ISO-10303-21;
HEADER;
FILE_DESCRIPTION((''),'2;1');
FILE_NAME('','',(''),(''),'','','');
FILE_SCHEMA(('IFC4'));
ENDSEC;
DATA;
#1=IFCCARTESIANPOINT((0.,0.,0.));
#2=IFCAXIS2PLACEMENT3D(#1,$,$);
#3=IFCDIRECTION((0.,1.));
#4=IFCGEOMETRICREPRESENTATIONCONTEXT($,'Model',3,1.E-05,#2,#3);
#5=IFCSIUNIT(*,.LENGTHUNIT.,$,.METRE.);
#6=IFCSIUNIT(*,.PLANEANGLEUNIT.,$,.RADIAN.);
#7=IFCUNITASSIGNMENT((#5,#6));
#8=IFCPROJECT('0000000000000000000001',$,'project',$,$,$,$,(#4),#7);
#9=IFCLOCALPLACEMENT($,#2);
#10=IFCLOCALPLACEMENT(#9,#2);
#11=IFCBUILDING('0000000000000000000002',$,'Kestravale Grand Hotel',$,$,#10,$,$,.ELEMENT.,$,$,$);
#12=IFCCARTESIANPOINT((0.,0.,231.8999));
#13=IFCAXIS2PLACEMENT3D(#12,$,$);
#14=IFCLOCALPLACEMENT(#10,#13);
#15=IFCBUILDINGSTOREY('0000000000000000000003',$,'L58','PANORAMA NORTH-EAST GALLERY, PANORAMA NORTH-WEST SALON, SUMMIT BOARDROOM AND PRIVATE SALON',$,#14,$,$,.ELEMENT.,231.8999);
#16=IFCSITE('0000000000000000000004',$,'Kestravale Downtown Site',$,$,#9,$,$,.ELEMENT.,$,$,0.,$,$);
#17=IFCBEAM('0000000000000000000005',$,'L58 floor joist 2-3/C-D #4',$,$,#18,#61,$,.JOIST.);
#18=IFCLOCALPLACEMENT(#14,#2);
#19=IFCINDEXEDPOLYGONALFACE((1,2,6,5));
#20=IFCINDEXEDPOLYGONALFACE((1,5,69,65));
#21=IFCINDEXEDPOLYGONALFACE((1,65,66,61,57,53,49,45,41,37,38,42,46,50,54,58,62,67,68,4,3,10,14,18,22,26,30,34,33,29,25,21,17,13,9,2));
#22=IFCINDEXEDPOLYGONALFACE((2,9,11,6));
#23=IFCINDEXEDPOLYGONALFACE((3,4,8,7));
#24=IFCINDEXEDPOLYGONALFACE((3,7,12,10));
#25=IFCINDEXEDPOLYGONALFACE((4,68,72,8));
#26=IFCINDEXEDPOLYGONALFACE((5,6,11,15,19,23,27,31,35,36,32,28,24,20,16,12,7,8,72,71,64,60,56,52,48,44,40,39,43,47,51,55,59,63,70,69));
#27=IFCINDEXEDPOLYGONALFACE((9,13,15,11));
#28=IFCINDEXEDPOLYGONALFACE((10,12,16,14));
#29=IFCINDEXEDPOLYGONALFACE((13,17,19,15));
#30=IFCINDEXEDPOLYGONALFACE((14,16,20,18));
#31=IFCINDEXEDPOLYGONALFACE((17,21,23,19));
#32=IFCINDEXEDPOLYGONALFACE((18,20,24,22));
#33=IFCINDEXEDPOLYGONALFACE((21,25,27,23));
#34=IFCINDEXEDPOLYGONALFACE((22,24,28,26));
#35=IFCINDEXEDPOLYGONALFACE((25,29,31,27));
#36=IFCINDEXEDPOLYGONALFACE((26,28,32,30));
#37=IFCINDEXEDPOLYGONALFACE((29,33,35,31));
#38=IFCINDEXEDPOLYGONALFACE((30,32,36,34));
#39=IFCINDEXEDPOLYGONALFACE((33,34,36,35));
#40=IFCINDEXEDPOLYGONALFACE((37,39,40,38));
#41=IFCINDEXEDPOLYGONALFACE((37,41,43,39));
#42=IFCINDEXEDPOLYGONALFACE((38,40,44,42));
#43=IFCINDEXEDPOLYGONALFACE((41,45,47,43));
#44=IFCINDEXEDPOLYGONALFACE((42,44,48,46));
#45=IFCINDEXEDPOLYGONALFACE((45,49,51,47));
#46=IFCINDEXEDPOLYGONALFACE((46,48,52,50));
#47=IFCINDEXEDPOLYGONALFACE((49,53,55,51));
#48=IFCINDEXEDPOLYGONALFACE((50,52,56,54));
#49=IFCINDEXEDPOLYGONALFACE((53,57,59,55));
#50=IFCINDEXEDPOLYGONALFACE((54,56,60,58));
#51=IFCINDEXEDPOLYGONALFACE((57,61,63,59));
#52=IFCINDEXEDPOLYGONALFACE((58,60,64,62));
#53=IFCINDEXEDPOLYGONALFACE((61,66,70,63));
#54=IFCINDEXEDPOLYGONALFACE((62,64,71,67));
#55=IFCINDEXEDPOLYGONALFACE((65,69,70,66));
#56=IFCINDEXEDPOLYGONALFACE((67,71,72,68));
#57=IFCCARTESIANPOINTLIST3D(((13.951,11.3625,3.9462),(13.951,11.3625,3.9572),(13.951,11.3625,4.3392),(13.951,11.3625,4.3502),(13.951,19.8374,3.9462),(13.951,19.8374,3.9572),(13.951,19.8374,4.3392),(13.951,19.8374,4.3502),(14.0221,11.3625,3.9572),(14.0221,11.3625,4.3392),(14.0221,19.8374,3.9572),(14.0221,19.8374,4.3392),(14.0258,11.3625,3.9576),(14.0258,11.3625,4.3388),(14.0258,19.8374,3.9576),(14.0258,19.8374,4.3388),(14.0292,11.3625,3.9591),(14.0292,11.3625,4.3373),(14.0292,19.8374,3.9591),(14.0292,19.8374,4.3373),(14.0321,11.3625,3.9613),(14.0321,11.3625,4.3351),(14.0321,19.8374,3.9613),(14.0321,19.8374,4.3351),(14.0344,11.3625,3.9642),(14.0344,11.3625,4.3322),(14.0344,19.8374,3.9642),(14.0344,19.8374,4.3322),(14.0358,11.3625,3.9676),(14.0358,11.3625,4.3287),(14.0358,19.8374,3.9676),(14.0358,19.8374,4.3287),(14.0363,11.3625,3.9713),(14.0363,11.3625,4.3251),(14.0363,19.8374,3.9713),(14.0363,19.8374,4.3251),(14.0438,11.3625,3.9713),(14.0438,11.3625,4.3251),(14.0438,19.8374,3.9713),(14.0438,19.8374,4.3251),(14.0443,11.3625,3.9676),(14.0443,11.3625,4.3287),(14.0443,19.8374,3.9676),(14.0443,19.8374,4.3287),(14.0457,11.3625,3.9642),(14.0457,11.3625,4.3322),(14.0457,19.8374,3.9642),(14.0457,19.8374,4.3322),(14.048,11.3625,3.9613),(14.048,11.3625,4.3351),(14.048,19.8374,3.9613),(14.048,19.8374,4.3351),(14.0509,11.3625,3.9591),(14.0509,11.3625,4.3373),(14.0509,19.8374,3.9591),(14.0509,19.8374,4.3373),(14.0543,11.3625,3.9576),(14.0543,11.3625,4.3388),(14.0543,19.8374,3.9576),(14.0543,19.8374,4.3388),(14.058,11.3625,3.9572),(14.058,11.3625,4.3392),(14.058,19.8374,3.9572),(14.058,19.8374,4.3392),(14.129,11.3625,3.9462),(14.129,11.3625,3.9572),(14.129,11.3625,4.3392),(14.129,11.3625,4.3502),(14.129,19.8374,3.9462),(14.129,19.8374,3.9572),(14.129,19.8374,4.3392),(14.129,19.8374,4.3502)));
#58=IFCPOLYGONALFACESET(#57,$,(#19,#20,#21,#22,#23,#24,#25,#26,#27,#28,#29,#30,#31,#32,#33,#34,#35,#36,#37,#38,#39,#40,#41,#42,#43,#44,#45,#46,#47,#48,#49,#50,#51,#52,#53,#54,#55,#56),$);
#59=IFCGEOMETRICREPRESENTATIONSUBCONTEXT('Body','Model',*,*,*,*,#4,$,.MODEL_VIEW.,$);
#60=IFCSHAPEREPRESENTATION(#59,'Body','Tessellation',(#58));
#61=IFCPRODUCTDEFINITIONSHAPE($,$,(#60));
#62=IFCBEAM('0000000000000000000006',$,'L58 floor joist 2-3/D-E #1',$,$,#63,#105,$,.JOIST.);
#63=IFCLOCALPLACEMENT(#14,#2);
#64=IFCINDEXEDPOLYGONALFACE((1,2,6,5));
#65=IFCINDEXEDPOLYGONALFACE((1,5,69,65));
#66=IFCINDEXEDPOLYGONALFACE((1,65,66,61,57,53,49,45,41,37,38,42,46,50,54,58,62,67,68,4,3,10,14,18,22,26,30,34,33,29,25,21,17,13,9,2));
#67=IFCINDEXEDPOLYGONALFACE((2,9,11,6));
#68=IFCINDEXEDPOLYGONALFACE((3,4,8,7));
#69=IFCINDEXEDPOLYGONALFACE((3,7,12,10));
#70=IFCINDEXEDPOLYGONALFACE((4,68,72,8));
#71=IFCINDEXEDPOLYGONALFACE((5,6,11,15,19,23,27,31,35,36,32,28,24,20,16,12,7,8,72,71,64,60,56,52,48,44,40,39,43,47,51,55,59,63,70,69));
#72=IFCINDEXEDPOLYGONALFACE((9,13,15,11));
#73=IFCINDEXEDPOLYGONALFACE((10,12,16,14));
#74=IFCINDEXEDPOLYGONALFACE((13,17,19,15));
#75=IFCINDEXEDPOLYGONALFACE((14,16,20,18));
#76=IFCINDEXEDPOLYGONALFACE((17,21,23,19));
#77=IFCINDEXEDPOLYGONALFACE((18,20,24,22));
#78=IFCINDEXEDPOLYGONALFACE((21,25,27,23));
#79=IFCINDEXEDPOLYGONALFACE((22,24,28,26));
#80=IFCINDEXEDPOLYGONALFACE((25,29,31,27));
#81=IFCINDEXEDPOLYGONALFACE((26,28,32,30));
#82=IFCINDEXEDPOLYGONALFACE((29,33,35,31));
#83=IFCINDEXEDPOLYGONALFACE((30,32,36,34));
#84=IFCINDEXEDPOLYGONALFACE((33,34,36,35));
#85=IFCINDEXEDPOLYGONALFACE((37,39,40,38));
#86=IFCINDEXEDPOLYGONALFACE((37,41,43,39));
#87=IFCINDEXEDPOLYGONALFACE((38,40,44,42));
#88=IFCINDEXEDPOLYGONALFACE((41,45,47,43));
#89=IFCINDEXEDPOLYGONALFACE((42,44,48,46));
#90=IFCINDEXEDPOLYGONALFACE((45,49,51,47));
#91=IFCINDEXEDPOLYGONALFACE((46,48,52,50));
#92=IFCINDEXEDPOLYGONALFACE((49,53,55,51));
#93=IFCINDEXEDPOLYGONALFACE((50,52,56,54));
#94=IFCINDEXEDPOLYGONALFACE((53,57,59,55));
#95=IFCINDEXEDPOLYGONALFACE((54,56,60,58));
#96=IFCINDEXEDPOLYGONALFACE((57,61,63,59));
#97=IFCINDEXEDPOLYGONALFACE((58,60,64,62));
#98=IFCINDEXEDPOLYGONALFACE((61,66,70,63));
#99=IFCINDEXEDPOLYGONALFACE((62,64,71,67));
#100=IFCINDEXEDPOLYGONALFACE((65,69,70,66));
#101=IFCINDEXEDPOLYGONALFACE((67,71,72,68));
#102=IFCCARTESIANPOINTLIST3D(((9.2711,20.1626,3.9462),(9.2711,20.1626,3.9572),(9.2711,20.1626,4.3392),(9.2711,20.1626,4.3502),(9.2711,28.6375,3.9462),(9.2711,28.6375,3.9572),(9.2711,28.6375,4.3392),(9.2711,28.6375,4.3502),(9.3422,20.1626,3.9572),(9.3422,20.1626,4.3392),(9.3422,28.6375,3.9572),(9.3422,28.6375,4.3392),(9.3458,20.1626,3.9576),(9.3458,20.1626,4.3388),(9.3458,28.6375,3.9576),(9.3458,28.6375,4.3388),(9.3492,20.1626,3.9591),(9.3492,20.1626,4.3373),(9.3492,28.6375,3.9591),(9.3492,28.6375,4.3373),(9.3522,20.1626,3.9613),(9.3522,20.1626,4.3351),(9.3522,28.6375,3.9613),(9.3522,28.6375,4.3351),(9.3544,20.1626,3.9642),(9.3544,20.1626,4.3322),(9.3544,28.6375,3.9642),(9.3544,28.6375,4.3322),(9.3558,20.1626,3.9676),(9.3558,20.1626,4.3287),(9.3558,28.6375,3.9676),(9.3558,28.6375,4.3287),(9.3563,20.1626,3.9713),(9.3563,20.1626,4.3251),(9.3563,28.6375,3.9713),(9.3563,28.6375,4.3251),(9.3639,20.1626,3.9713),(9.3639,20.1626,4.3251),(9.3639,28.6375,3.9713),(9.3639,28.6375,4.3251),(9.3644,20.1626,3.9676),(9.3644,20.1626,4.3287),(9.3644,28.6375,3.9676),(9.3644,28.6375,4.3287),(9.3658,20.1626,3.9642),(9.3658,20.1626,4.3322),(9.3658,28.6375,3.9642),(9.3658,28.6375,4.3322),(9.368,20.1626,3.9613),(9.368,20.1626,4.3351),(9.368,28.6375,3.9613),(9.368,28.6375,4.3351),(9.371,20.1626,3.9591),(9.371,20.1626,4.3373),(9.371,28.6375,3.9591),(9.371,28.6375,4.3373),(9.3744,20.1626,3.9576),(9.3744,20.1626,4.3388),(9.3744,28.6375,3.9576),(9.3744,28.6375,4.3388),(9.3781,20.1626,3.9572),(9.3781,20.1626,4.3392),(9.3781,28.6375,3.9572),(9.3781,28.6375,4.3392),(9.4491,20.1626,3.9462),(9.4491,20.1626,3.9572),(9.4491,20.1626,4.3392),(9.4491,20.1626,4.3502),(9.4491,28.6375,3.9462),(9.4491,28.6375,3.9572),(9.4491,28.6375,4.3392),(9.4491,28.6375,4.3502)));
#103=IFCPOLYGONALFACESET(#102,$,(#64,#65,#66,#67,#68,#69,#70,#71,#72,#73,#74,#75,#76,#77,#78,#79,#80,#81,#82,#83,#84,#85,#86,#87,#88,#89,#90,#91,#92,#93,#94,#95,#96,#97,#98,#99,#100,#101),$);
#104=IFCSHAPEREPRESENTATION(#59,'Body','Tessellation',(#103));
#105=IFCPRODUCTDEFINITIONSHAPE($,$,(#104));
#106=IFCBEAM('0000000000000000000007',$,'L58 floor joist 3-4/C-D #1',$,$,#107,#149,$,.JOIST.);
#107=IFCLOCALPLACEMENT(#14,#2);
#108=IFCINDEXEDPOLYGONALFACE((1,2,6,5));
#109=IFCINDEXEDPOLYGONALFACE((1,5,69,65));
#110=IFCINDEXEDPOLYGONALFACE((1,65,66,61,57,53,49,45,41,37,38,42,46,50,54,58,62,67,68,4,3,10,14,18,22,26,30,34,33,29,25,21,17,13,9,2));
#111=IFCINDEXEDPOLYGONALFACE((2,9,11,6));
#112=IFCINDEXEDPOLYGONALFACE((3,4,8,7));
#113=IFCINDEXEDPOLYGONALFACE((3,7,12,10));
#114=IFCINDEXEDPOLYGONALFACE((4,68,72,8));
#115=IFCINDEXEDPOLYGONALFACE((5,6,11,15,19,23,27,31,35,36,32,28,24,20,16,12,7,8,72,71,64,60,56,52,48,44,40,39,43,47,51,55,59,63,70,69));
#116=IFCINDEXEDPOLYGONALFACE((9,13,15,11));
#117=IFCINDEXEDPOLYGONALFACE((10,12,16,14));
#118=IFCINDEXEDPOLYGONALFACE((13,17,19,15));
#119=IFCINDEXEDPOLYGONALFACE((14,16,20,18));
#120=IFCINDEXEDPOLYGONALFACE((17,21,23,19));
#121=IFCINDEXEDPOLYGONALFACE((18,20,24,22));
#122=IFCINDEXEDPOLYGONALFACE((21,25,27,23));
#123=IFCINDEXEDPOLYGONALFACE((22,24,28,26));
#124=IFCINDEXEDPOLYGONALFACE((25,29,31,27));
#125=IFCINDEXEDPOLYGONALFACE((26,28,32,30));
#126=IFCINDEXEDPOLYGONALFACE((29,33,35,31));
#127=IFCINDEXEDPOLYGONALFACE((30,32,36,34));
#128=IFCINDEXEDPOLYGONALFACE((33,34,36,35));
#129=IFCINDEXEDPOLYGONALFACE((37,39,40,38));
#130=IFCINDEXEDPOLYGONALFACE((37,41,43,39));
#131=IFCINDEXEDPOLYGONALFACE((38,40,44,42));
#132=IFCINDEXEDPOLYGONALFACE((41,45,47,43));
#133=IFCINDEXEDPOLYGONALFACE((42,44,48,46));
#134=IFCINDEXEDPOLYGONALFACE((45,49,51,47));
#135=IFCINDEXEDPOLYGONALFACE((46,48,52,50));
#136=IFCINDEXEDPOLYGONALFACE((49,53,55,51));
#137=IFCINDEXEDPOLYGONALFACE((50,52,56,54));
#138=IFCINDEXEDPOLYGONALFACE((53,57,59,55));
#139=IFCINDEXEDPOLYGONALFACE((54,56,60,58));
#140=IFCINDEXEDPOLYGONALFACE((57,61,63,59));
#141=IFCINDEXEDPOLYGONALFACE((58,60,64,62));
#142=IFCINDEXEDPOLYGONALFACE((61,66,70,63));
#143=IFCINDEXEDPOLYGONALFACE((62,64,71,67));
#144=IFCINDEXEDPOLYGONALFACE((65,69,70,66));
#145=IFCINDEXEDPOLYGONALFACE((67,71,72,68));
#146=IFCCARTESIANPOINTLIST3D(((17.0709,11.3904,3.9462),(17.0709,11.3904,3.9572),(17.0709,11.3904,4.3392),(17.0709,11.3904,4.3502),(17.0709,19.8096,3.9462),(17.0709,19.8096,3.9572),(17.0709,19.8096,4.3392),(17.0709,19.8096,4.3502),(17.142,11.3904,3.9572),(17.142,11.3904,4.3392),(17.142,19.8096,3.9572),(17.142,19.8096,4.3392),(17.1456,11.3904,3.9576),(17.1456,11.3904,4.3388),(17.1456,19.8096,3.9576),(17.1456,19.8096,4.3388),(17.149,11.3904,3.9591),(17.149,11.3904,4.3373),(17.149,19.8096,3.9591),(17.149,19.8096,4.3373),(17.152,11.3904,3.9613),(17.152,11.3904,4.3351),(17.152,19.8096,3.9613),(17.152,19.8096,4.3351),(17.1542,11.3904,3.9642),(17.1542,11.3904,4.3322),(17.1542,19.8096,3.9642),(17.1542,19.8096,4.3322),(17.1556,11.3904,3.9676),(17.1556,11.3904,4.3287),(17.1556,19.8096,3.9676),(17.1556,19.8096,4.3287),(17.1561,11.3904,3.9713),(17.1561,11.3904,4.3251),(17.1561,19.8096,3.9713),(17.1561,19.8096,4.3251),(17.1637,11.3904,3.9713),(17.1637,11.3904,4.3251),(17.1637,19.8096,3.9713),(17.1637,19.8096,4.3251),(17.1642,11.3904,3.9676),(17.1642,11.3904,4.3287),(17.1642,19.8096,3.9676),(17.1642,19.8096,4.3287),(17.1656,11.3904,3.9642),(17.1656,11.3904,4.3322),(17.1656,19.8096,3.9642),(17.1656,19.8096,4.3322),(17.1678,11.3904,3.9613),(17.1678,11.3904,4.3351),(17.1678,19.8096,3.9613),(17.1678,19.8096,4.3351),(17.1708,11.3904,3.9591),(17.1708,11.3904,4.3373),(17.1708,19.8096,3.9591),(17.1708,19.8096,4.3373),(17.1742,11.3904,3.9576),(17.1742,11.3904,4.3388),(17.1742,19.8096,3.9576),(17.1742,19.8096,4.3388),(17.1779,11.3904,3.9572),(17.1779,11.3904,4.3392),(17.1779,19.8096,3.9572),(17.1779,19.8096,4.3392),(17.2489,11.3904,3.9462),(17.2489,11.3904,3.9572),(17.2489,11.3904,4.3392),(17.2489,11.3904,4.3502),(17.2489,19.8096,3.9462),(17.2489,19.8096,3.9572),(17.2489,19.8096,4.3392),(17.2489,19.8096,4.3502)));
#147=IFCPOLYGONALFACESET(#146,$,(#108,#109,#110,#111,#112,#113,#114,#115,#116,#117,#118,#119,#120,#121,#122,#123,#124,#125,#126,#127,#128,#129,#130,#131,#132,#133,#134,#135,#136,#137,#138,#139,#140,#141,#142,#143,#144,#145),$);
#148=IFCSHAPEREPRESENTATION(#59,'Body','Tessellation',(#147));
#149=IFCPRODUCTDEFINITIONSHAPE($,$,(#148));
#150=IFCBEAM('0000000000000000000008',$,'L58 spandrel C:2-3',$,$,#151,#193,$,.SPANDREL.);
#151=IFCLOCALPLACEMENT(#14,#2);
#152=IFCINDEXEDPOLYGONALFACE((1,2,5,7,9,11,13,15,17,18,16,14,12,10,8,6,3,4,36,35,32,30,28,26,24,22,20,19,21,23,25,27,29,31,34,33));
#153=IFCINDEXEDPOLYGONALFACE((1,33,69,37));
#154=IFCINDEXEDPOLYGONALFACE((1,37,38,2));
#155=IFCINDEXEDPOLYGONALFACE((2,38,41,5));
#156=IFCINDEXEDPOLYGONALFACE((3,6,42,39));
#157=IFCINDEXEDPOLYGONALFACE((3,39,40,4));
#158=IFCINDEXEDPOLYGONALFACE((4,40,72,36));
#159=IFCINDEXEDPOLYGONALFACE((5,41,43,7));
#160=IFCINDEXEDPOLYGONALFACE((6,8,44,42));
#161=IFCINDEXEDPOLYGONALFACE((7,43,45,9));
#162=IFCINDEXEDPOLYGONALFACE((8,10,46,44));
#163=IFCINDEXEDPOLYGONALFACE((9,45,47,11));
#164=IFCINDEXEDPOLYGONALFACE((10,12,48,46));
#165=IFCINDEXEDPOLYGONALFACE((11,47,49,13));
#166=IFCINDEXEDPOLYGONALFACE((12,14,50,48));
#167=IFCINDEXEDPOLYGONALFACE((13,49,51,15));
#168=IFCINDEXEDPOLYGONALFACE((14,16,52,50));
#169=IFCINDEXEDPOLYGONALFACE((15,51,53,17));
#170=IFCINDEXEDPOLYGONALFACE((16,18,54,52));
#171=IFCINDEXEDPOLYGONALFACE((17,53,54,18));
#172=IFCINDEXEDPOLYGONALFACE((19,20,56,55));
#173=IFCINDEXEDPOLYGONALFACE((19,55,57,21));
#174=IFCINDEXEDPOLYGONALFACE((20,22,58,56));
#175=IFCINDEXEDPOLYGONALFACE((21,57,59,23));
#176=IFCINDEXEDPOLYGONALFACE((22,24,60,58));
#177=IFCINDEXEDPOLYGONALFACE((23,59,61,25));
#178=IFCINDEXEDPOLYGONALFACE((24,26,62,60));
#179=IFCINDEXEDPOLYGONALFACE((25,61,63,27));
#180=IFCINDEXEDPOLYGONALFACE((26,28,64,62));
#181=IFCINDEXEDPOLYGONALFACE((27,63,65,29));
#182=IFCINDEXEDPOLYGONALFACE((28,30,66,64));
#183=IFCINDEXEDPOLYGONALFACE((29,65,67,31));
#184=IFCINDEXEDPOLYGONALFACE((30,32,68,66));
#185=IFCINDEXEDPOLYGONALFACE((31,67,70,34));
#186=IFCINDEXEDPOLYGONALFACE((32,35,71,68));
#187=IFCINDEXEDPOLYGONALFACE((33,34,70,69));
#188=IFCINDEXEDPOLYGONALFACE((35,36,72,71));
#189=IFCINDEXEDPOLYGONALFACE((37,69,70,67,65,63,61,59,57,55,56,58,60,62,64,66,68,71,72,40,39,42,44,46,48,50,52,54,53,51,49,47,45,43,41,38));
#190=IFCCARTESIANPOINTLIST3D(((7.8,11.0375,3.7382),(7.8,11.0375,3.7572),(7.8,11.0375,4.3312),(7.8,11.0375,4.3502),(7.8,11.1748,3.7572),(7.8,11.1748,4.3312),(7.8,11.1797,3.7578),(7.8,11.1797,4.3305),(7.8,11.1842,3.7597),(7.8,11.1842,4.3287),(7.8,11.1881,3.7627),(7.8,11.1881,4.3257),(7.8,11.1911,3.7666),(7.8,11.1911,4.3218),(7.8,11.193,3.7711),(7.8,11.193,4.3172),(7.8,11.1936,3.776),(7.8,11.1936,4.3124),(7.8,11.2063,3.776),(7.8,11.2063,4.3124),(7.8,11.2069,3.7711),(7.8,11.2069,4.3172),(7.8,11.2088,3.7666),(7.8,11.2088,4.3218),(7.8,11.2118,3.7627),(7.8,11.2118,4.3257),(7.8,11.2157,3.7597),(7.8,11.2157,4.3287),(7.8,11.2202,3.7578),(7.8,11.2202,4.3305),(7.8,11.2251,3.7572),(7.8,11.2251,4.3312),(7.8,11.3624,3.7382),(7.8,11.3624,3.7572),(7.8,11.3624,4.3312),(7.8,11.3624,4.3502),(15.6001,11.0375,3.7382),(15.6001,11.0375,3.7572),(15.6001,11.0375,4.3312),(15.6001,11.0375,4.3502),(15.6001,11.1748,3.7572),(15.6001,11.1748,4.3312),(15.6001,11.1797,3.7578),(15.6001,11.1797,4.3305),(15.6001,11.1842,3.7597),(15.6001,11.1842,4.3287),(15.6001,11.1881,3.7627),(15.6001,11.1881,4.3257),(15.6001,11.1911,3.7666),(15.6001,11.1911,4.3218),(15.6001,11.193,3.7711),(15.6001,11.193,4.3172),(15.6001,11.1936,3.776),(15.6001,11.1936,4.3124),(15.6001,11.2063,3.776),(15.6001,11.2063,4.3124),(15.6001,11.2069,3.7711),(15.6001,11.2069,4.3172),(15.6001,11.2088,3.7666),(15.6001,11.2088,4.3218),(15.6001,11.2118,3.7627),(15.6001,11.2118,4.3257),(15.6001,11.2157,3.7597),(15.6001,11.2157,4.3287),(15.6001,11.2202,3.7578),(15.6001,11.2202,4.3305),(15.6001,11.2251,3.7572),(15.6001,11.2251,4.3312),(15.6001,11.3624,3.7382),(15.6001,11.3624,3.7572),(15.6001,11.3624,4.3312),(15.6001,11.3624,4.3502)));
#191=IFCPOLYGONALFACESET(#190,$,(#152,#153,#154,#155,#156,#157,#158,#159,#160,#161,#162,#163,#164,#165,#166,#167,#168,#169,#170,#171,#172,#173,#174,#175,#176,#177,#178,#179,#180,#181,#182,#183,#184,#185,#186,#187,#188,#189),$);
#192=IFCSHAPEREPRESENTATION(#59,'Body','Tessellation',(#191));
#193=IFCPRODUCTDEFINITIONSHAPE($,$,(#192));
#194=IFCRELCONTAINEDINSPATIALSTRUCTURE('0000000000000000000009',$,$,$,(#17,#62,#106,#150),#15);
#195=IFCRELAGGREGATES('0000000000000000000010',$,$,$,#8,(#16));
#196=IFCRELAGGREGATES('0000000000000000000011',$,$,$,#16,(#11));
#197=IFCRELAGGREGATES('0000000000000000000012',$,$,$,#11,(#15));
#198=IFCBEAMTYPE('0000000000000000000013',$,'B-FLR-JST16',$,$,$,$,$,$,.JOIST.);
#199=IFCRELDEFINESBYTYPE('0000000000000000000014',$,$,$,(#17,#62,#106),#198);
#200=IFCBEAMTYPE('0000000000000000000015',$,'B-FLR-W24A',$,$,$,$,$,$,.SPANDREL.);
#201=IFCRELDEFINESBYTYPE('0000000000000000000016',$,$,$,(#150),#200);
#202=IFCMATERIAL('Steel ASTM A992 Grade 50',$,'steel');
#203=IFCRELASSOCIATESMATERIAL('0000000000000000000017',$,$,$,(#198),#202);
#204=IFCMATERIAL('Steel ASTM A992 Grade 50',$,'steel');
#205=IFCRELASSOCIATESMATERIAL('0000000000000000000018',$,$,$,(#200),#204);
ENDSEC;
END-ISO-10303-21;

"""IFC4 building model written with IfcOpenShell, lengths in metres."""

from ifc_helpers import new_model, si_unit, direction, frame, origin, origin_2d, place, context, subcontext, project, spatial, i_section, extrude, material, material_profile, profile_set, type_object, element, save


model = new_model("IFC4")

# Units and contexts
model_context = context("Model", 3, precision=1e-05, world=origin(), true_north=direction((0.0, 1.0)))
body_context = subcontext(model_context, "Body", "Model", "MODEL_VIEW")
ifc_project = project(units=[si_unit("LENGTHUNIT", "METRE"), si_unit("PLANEANGLEUNIT", "RADIAN")], contexts=[model_context])

# Site, building, storey
site_placement = place(None, origin())
site = spatial("IfcSite", under=ifc_project, at=site_placement, Name="Kestravale Downtown Site", CompositionType="ELEMENT", RefElevation=0.0)
building_placement = place(site_placement, origin())
building = spatial("IfcBuilding", under=site, at=building_placement, Name="Kestravale Grand Hotel", CompositionType="ELEMENT")
storey_placement = place(building_placement, frame((0.0, 0.0, 231.8999)))
storey = spatial("IfcBuildingStorey", under=building, at=storey_placement, Name="L58", Description="PANORAMA NORTH-EAST GALLERY, PANORAMA NORTH-WEST SALON, SUMMIT BOARDROOM AND PRIVATE SALON", CompositionType="ELEMENT", Elevation=231.8999)

# Beams
ifc_material_1 = material(Name="Steel ASTM A992 Grade 50", Category="steel")
ifc_material_profile_1 = material_profile(ifc_material_1, i_section(OverallWidth=0.178, OverallDepth=0.4041, WebThickness=0.0076, FlangeThickness=0.011, FilletRadius=0.0142, at=origin_2d()))
ifc_profile_set_1 = profile_set([ifc_material_profile_1], Name="Steel ASTM A992 Grade 50")
beam_type_1 = type_object("IfcBeamType", Name="B-FLR-JST16", PredefinedType="JOIST", material=ifc_profile_set_1)
for number, where, z_axis, x_axis, name in (
    (1, (14.04, 11.3625, 4.1482), (0.0, 1.0, 0.0), (-1.0, 0.0, 0.0), "L58 floor joist 2-3/C-D #4"),
    (2, (9.3601, 20.1626, 4.1482), (0.0, 1.0, 0.0), (-1.0, 0.0, 0.0), "L58 floor joist 2-3/D-E #1"),
):
    element("IfcBeam", number, at=place(storey_placement, frame(where, z_axis=z_axis, x_axis=x_axis)), inside=storey, type_object=beam_type_1, Name=name, PredefinedType="JOIST", context=body_context, shape_type="SweptSolid", body=[
        extrude(i_section(OverallWidth=0.178, OverallDepth=0.4041, WebThickness=0.0076, FlangeThickness=0.011, FilletRadius=0.0142, at=origin_2d()), origin(), (0.0, 0.0, 1.0), 8.4749),
    ])
beam_placement = place(storey_placement, frame((17.1599, 11.3904, 4.1482), z_axis=(0.0, 1.0, 0.0), x_axis=(-1.0, 0.0, 0.0)))
element("IfcBeam", 3, at=beam_placement, inside=storey, type_object=beam_type_1, Name="L58 floor joist 3-4/C-D #1", PredefinedType="JOIST", context=body_context, shape_type="SweptSolid", body=[
    extrude(i_section(OverallWidth=0.178, OverallDepth=0.4041, WebThickness=0.0076, FlangeThickness=0.011, FilletRadius=0.0142, at=origin_2d()), origin(), (0.0, 0.0, 1.0), 8.4192),
])
ifc_material_2 = material(Name="Steel ASTM A992 Grade 50", Category="steel")
ifc_material_profile_2 = material_profile(ifc_material_2, i_section(OverallWidth=0.325, OverallDepth=0.6121, WebThickness=0.0127, FlangeThickness=0.019, FilletRadius=0.0188, at=origin_2d()))
ifc_profile_set_2 = profile_set([ifc_material_profile_2], Name="Steel ASTM A992 Grade 50")
beam_type_2 = type_object("IfcBeamType", Name="B-FLR-W24A", PredefinedType="SPANDREL", material=ifc_profile_set_2)
for number, where, z_axis, x_axis, name in (
    (4, (7.8, 11.2, 4.0442), (1.0, 0.0, 0.0), (0.0, 1.0, 0.0), "L58 spandrel C:2-3"),
):
    element("IfcBeam", number, at=place(storey_placement, frame(where, z_axis=z_axis, x_axis=x_axis)), inside=storey, type_object=beam_type_2, Name=name, PredefinedType="SPANDREL", context=body_context, shape_type="SweptSolid", body=[
        extrude(i_section(OverallWidth=0.325, OverallDepth=0.6121, WebThickness=0.0127, FlangeThickness=0.019, FilletRadius=0.0188, at=origin_2d()), origin(), (0.0, 0.0, 1.0), 7.8),
    ])

save(model, "model.ifc")
